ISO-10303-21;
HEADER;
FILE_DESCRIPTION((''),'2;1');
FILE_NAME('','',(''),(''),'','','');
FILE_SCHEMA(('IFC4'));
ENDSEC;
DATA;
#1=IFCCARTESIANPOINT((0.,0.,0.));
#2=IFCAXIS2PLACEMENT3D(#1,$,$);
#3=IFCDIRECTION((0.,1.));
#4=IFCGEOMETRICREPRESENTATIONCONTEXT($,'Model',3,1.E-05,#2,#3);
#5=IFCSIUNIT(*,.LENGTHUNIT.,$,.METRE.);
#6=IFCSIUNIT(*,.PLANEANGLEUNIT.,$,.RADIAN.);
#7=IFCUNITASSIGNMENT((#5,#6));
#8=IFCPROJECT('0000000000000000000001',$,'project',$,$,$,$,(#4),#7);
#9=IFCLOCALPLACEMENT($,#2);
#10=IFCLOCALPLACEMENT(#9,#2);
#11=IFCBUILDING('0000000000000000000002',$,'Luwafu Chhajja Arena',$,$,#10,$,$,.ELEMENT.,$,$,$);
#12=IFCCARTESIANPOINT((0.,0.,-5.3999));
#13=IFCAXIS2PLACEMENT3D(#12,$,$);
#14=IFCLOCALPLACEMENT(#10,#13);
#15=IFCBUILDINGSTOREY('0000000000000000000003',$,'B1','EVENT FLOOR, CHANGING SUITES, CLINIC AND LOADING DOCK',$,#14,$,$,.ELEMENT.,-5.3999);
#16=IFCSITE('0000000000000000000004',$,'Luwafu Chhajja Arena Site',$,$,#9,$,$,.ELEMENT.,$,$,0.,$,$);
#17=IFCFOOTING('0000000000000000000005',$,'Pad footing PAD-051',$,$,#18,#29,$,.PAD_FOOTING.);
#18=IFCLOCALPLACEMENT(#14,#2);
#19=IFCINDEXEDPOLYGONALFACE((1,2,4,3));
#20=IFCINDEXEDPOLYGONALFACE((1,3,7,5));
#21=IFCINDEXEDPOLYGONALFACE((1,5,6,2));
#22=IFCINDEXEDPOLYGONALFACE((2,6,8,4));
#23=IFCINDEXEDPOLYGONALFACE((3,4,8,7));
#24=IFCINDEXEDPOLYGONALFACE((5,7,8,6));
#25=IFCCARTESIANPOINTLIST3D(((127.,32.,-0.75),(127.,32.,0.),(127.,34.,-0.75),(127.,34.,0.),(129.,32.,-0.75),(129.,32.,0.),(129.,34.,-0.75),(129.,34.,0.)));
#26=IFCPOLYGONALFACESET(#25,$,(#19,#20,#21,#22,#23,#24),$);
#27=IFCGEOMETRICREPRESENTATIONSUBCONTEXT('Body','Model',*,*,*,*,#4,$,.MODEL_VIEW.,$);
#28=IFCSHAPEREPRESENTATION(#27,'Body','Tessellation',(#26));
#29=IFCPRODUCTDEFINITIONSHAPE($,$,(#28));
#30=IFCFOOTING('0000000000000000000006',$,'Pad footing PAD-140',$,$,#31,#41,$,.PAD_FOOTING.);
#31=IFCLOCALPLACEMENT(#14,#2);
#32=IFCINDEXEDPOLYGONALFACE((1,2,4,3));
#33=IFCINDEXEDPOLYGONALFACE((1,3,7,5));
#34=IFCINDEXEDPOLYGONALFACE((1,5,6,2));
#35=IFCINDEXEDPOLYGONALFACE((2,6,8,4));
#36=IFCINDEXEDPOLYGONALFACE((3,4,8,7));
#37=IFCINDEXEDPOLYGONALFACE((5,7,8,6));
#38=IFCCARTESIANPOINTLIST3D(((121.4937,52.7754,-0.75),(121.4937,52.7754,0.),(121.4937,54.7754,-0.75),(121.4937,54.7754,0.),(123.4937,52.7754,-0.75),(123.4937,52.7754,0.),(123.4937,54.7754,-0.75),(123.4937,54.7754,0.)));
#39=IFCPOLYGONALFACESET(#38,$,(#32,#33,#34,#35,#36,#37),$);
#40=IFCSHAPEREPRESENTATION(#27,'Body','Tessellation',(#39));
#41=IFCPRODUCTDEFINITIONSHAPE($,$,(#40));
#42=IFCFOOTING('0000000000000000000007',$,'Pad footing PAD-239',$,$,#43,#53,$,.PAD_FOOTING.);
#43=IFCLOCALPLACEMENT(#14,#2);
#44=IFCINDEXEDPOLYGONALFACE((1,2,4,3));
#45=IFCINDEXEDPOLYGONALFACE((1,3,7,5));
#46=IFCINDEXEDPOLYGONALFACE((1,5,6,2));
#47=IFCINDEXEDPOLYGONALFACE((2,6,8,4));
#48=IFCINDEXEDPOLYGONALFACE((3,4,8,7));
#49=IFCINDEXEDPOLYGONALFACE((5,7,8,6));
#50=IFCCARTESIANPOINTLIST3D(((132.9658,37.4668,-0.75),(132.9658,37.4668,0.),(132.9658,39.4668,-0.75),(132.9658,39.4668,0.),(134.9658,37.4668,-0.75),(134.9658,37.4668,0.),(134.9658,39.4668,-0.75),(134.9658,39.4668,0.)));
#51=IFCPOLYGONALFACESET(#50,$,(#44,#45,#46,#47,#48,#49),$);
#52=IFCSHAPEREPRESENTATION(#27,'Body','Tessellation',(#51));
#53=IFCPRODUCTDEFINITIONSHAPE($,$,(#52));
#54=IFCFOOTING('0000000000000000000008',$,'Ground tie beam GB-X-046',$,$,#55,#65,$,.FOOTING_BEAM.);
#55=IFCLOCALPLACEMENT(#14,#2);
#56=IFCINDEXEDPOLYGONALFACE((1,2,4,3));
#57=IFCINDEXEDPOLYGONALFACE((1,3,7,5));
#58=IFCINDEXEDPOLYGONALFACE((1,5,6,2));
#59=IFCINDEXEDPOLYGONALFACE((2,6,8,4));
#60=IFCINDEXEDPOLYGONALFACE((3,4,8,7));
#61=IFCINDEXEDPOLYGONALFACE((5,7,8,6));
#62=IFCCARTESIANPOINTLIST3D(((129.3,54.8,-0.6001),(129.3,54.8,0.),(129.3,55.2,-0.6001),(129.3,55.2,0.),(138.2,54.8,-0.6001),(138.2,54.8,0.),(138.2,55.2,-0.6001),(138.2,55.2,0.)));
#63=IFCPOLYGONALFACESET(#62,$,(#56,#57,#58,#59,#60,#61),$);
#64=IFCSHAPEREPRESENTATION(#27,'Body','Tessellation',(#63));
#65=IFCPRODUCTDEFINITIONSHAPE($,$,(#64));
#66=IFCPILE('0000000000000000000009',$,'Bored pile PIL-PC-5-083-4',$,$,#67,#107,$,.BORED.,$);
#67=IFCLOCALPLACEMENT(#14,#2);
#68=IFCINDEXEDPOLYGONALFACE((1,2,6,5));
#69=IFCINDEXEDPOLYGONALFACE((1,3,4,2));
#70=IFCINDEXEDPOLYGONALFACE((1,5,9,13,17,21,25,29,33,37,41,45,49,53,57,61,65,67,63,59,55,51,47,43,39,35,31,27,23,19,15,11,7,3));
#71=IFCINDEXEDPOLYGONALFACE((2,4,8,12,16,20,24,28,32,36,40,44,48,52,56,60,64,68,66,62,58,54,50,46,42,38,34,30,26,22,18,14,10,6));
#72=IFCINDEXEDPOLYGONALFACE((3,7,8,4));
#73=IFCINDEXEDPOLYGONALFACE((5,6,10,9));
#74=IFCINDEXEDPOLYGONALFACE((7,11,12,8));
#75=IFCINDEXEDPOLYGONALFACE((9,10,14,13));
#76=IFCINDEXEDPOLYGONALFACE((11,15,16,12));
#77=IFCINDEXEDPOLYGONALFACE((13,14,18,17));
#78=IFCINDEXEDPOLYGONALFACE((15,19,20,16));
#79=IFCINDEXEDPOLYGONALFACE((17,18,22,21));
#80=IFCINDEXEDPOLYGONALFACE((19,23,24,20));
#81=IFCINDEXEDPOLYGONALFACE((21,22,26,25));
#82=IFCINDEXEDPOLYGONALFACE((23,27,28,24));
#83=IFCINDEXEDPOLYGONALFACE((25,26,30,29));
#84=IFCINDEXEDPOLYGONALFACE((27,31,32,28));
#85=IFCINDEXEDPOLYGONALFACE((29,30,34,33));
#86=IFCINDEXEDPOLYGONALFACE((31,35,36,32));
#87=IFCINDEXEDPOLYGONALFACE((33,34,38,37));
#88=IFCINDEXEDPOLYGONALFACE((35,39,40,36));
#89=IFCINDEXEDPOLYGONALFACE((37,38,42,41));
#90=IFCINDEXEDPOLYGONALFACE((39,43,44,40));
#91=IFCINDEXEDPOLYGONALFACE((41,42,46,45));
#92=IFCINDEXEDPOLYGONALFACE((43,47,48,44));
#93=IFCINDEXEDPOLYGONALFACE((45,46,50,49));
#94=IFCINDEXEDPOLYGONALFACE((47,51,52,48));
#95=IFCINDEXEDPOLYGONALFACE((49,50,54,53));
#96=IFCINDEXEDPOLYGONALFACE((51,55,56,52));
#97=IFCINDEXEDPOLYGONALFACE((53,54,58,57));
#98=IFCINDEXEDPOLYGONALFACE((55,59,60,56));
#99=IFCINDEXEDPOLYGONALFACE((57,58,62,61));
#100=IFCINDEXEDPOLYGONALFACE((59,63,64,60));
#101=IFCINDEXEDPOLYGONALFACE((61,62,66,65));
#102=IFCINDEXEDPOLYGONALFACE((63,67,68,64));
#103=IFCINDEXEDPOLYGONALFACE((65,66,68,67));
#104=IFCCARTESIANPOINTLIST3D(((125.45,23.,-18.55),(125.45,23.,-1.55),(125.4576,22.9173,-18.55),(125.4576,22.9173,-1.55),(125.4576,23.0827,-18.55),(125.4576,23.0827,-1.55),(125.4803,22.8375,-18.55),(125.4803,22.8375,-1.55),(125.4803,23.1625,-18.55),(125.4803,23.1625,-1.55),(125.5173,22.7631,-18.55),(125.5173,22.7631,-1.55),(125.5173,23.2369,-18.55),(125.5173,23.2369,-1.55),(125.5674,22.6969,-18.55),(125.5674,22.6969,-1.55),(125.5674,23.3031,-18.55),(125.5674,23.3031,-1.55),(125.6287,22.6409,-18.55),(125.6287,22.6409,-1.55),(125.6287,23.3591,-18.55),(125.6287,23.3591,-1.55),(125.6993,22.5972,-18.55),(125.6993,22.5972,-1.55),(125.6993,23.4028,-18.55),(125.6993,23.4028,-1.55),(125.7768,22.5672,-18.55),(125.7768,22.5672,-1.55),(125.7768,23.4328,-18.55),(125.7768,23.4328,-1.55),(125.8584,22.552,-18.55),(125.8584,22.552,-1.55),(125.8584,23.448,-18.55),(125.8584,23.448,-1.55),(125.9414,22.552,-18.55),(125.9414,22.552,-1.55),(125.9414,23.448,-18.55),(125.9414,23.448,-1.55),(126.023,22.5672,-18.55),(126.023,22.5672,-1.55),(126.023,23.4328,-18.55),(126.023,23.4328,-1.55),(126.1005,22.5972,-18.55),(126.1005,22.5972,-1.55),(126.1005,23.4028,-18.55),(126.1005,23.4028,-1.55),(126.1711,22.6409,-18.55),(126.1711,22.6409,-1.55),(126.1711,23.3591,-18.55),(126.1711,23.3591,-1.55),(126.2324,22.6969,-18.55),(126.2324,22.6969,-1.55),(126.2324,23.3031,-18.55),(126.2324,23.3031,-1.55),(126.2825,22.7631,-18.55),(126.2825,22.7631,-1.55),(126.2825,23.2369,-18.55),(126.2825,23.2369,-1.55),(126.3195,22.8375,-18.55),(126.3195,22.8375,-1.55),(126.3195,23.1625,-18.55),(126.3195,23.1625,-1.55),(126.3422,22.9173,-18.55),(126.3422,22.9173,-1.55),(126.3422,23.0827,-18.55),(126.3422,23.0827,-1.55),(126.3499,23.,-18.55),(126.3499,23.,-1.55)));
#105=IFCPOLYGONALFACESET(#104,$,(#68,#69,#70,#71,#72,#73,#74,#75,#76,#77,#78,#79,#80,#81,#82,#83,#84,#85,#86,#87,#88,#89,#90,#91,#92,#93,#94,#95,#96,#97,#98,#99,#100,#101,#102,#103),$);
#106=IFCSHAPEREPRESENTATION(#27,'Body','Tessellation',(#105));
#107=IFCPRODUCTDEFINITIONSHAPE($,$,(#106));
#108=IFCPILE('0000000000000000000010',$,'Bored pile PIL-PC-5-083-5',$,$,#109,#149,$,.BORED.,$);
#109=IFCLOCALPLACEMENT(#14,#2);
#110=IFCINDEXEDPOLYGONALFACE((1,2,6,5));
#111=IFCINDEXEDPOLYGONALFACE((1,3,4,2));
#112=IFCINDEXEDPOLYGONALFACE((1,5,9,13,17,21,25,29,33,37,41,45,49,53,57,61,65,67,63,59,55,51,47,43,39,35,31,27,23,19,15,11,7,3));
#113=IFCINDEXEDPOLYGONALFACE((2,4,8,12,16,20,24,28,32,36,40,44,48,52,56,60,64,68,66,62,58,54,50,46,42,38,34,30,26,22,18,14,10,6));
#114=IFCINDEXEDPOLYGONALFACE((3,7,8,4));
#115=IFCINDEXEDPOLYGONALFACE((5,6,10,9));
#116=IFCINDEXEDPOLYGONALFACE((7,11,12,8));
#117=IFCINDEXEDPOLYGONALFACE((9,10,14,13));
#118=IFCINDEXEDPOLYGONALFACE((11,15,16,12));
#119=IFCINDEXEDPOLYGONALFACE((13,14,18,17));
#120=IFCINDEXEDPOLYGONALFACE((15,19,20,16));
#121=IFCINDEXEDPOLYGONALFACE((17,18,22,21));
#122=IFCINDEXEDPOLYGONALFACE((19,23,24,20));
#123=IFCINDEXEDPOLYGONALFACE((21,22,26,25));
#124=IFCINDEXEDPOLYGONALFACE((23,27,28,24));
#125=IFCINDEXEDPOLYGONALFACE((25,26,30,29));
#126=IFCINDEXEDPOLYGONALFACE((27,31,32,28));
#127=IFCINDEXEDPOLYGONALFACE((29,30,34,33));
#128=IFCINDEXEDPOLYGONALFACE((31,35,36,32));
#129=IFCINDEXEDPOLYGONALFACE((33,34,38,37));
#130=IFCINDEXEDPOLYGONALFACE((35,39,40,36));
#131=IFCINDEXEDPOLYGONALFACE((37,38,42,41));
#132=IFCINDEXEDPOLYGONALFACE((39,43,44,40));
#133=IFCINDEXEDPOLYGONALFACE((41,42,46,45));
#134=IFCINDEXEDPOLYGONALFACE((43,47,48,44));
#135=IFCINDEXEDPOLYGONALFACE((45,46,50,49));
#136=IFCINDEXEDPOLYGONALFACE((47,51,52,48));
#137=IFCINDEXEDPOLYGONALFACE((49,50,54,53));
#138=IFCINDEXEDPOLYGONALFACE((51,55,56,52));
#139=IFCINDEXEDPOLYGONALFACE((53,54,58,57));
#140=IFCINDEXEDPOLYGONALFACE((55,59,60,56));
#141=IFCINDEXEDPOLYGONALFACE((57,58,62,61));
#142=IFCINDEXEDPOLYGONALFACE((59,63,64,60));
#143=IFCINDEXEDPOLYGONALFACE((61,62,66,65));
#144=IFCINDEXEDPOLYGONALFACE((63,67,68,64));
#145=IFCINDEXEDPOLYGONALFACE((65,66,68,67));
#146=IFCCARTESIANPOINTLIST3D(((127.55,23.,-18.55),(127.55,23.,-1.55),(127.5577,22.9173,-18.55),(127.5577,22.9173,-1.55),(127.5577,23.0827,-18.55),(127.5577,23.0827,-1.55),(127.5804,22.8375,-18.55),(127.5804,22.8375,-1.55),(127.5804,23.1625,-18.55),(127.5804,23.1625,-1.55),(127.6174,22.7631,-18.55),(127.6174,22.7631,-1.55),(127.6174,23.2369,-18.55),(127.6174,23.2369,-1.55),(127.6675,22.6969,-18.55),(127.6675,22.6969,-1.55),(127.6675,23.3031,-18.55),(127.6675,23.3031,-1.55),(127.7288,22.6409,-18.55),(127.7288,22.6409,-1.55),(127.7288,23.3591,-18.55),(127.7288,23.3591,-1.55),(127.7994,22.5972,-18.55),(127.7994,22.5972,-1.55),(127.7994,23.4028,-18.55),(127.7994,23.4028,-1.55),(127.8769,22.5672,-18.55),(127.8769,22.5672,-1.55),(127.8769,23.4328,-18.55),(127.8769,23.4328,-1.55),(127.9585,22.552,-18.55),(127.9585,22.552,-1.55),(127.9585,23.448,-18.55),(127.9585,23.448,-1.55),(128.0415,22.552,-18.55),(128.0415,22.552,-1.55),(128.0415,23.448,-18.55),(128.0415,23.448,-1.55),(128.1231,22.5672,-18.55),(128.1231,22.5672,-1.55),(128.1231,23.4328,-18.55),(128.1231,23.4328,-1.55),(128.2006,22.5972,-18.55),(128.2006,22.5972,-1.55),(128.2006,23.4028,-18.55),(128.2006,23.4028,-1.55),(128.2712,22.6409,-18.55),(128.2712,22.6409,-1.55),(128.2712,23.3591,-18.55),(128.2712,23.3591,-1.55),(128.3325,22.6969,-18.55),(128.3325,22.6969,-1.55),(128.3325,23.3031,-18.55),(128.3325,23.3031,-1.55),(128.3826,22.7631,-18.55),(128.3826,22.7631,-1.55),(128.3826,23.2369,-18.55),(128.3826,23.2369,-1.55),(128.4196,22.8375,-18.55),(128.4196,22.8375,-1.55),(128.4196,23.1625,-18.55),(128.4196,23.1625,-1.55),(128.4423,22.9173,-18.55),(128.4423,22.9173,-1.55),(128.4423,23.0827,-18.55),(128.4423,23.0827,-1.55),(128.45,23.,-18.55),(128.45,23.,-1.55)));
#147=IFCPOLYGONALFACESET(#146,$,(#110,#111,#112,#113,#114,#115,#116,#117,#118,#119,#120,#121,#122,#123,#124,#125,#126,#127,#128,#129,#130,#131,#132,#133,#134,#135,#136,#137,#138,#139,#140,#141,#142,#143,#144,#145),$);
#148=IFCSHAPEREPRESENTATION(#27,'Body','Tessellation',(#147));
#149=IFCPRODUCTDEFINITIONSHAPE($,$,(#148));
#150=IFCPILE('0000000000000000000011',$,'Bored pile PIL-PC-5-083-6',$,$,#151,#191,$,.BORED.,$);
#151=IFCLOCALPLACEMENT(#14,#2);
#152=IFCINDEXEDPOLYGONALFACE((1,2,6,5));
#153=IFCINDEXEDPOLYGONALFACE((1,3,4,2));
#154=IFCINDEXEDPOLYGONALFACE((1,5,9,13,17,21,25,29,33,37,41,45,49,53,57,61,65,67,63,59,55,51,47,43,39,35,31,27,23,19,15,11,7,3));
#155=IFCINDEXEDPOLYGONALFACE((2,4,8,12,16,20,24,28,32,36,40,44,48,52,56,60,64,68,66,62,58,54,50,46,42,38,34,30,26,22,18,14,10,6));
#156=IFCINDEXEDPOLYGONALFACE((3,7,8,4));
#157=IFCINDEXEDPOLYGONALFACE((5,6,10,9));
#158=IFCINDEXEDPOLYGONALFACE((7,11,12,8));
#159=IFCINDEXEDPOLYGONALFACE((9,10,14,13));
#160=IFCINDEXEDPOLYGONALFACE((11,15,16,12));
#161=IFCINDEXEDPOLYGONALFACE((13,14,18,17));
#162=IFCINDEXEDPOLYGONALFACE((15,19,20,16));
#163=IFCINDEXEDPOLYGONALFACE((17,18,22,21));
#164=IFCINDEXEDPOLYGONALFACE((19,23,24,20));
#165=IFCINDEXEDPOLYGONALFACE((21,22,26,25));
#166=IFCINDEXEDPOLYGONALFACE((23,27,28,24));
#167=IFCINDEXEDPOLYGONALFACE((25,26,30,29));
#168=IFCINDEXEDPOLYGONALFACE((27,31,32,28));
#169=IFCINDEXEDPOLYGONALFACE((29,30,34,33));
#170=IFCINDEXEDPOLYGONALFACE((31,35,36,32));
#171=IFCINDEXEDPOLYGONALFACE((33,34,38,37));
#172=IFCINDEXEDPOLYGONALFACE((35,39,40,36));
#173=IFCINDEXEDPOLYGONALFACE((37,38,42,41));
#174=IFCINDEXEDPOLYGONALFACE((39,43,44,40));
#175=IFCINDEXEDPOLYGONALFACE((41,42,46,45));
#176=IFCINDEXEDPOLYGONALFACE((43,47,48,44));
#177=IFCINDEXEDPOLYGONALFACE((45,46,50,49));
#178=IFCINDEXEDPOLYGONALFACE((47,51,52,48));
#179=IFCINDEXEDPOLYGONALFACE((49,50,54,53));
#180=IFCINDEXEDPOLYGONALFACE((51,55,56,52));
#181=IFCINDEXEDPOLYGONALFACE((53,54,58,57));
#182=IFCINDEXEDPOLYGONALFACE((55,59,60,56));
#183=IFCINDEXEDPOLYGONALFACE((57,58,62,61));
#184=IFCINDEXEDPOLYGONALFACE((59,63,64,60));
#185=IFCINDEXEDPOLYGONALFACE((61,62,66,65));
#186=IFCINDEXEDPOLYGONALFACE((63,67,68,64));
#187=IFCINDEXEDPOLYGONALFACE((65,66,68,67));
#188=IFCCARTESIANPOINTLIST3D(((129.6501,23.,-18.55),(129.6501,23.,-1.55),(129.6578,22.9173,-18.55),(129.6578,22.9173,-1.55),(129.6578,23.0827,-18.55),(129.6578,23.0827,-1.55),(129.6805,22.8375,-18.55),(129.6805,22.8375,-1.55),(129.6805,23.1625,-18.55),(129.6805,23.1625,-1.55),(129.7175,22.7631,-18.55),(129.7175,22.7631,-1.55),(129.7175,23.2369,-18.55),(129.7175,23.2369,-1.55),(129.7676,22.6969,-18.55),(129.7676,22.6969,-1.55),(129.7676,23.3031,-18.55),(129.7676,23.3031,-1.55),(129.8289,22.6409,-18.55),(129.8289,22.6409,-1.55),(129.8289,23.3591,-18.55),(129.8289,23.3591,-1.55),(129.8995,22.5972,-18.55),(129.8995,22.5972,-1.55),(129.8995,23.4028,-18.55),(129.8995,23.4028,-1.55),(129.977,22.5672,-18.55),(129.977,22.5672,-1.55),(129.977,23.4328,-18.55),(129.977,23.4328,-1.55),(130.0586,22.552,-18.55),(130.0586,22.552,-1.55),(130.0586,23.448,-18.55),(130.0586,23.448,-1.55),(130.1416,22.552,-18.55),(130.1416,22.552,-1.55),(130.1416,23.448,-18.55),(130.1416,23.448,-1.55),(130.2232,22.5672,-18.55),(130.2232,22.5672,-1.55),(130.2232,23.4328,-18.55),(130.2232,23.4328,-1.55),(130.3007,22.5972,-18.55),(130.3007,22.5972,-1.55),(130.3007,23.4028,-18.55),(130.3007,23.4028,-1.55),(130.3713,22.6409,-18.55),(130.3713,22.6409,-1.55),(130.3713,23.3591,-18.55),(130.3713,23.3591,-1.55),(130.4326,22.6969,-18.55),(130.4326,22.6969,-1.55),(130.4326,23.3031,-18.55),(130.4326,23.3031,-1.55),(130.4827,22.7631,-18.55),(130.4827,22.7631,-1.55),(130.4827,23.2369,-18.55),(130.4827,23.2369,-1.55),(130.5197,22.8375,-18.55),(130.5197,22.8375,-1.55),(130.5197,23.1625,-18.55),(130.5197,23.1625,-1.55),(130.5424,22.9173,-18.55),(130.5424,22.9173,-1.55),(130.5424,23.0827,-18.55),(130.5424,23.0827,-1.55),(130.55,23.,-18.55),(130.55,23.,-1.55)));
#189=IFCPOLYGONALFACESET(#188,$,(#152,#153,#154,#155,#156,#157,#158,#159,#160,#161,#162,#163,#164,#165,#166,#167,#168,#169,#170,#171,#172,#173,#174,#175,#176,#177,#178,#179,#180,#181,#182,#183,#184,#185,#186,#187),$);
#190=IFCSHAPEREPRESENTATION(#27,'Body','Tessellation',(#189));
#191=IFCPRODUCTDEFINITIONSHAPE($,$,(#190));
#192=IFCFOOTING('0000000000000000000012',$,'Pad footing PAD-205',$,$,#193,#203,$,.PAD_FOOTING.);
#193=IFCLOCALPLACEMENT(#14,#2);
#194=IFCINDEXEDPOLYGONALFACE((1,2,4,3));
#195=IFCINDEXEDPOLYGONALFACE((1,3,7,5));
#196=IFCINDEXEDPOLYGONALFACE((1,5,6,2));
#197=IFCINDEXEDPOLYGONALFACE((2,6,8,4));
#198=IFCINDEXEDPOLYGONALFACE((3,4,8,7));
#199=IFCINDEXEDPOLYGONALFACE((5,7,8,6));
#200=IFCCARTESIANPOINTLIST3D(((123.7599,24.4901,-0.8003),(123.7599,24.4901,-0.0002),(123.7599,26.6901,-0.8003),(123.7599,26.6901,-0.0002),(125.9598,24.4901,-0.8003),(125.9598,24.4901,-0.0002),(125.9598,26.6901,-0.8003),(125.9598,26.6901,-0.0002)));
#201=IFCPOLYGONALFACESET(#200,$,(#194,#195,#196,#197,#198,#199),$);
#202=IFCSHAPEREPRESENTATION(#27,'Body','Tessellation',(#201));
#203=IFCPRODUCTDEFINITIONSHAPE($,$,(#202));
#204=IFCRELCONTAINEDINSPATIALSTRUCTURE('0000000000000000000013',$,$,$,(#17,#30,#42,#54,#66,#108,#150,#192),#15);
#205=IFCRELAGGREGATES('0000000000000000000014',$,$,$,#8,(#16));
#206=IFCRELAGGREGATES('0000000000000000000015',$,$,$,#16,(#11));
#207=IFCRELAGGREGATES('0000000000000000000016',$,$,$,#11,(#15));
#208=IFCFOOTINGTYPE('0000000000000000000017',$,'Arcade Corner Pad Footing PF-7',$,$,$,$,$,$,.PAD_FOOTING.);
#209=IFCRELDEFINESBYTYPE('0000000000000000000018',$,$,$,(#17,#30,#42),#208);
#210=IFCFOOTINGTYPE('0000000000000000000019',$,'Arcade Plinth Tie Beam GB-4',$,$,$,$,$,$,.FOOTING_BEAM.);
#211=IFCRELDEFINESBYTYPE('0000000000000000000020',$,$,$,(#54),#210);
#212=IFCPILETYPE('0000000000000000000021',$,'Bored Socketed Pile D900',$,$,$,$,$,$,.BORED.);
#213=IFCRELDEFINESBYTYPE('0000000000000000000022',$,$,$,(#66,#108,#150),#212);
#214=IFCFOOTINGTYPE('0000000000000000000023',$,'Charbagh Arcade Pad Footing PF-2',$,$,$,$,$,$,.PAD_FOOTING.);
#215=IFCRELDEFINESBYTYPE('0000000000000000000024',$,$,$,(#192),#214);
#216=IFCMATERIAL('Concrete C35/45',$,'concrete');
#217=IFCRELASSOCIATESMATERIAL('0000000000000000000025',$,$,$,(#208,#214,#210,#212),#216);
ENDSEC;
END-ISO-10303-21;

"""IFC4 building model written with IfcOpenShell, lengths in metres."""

from ifc_helpers import new_model, si_unit, direction, frame, origin, origin_2d, place, context, subcontext, project, spatial, rectangle, circle, extrude, material, material_profile, profile_set, type_object, element, save


model = new_model("IFC4")

# Units and contexts
model_context = context("Model", 3, precision=1e-05, world=origin(), true_north=direction((0.0, 1.0)))
body_context = subcontext(model_context, "Body", "Model", "MODEL_VIEW")
ifc_project = project(units=[si_unit("LENGTHUNIT", "METRE"), si_unit("PLANEANGLEUNIT", "RADIAN")], contexts=[model_context])

# Site, building, storey
site_placement = place(None, origin())
site = spatial("IfcSite", under=ifc_project, at=site_placement, Name="Luwafu Chhajja Arena Site", CompositionType="ELEMENT", RefElevation=0.0)
building_placement = place(site_placement, origin())
building = spatial("IfcBuilding", under=site, at=building_placement, Name="Luwafu Chhajja Arena", CompositionType="ELEMENT")
storey_placement = place(building_placement, frame((0.0, 0.0, -5.3999)))
storey = spatial("IfcBuildingStorey", under=building, at=storey_placement, Name="B1", Description="EVENT FLOOR, CHANGING SUITES, CLINIC AND LOADING DOCK", CompositionType="ELEMENT", Elevation=-5.3999)

# Footings
ifc_material_1 = material(Name="Concrete C35/45", Category="concrete")
footing_type_1 = type_object("IfcFootingType", Name="Arcade Corner Pad Footing PF-7", PredefinedType="PAD_FOOTING", material=ifc_material_1)
for number, where, z_axis, x_axis, name in (
    (1, (128.0, 33.0, -0.75), (0.0, 0.0, 1.0), (1.0, 0.0, 0.0), "Pad footing PAD-051"),
    (2, (122.4937, 53.7754, -0.75), (0.0, 0.0, 1.0), (1.0, 0.0, 0.0), "Pad footing PAD-140"),
    (3, (133.9658, 38.4668, -0.75), (0.0, 0.0, 1.0), (1.0, 0.0, 0.0), "Pad footing PAD-239"),
):
    element("IfcFooting", number, at=place(storey_placement, frame(where, z_axis=z_axis, x_axis=x_axis)), inside=storey, type_object=footing_type_1, Name=name, PredefinedType="PAD_FOOTING", context=body_context, shape_type="SweptSolid", body=[
        extrude(rectangle(XDim=2.0, YDim=2.0, at=origin_2d()), origin(), (0.0, 0.0, 1.0), 0.75),
    ])
ifc_material_profile_1 = material_profile(ifc_material_1, rectangle(XDim=0.3999, YDim=0.6001, at=origin_2d()), Name="RC 400x600")
ifc_profile_set_1 = profile_set([ifc_material_profile_1], Name="Concrete C35/45")
footing_type_2 = type_object("IfcFootingType", Name="Arcade Plinth Tie Beam GB-4", PredefinedType="FOOTING_BEAM", material=ifc_profile_set_1)
footing_1_placement = place(storey_placement, frame((129.3, 55.0, -0.3), z_axis=(1.0, 0.0, 0.0), x_axis=(0.0, 1.0, 0.0)))
element("IfcFooting", 4, at=footing_1_placement, inside=storey, type_object=footing_type_2, Name="Ground tie beam GB-X-046", PredefinedType="FOOTING_BEAM", context=body_context, shape_type="SweptSolid", body=[
    extrude(rectangle(XDim=0.3999, YDim=0.6001, at=origin_2d()), origin(), (0.0, 0.0, 1.0), 8.8999),
])

# Piles
ifc_material_profile_2 = material_profile(ifc_material_1, circle(Radius=0.45, at=origin_2d()), Name="PILE D900")
ifc_profile_set_2 = profile_set([ifc_material_profile_2], Name="Concrete C35/45")
pile_type = type_object("IfcPileType", Name="Bored Socketed Pile D900", PredefinedType="BORED", material=ifc_profile_set_2)
for number, where, z_axis, x_axis, name in (
    (5, (125.8999, 23.0, -1.55), (0.0, 0.0, -1.0), (1.0, 0.0, 0.0), "Bored pile PIL-PC-5-083-4"),
    (6, (128.0, 23.0, -1.55), (0.0, 0.0, -1.0), (1.0, 0.0, 0.0), "Bored pile PIL-PC-5-083-5"),
    (7, (130.1001, 23.0, -1.55), (0.0, 0.0, -1.0), (1.0, 0.0, 0.0), "Bored pile PIL-PC-5-083-6"),
):
    element("IfcPile", number, at=place(storey_placement, frame(where, z_axis=z_axis, x_axis=x_axis)), inside=storey, type_object=pile_type, Name=name, PredefinedType="BORED", context=body_context, shape_type="SweptSolid", body=[
        extrude(circle(Radius=0.45, at=origin_2d()), origin(), (0.0, 0.0, 1.0), 17.0),
    ])

# Footing
footing_type_3 = type_object("IfcFootingType", Name="Charbagh Arcade Pad Footing PF-2", PredefinedType="PAD_FOOTING", material=ifc_material_1)
footing_2_placement = place(storey_placement, frame((124.8599, 25.5901, -0.8003), z_axis=(0.0, 0.0, 1.0), x_axis=(1.0, 0.0, 0.0)))
element("IfcFooting", 8, at=footing_2_placement, inside=storey, type_object=footing_type_3, Name="Pad footing PAD-205", PredefinedType="PAD_FOOTING", context=body_context, shape_type="SweptSolid", body=[
    extrude(rectangle(XDim=2.2, YDim=2.2, at=origin_2d()), origin(), (0.0, 0.0, 1.0), 0.8),
])

save(model, "model.ifc")
